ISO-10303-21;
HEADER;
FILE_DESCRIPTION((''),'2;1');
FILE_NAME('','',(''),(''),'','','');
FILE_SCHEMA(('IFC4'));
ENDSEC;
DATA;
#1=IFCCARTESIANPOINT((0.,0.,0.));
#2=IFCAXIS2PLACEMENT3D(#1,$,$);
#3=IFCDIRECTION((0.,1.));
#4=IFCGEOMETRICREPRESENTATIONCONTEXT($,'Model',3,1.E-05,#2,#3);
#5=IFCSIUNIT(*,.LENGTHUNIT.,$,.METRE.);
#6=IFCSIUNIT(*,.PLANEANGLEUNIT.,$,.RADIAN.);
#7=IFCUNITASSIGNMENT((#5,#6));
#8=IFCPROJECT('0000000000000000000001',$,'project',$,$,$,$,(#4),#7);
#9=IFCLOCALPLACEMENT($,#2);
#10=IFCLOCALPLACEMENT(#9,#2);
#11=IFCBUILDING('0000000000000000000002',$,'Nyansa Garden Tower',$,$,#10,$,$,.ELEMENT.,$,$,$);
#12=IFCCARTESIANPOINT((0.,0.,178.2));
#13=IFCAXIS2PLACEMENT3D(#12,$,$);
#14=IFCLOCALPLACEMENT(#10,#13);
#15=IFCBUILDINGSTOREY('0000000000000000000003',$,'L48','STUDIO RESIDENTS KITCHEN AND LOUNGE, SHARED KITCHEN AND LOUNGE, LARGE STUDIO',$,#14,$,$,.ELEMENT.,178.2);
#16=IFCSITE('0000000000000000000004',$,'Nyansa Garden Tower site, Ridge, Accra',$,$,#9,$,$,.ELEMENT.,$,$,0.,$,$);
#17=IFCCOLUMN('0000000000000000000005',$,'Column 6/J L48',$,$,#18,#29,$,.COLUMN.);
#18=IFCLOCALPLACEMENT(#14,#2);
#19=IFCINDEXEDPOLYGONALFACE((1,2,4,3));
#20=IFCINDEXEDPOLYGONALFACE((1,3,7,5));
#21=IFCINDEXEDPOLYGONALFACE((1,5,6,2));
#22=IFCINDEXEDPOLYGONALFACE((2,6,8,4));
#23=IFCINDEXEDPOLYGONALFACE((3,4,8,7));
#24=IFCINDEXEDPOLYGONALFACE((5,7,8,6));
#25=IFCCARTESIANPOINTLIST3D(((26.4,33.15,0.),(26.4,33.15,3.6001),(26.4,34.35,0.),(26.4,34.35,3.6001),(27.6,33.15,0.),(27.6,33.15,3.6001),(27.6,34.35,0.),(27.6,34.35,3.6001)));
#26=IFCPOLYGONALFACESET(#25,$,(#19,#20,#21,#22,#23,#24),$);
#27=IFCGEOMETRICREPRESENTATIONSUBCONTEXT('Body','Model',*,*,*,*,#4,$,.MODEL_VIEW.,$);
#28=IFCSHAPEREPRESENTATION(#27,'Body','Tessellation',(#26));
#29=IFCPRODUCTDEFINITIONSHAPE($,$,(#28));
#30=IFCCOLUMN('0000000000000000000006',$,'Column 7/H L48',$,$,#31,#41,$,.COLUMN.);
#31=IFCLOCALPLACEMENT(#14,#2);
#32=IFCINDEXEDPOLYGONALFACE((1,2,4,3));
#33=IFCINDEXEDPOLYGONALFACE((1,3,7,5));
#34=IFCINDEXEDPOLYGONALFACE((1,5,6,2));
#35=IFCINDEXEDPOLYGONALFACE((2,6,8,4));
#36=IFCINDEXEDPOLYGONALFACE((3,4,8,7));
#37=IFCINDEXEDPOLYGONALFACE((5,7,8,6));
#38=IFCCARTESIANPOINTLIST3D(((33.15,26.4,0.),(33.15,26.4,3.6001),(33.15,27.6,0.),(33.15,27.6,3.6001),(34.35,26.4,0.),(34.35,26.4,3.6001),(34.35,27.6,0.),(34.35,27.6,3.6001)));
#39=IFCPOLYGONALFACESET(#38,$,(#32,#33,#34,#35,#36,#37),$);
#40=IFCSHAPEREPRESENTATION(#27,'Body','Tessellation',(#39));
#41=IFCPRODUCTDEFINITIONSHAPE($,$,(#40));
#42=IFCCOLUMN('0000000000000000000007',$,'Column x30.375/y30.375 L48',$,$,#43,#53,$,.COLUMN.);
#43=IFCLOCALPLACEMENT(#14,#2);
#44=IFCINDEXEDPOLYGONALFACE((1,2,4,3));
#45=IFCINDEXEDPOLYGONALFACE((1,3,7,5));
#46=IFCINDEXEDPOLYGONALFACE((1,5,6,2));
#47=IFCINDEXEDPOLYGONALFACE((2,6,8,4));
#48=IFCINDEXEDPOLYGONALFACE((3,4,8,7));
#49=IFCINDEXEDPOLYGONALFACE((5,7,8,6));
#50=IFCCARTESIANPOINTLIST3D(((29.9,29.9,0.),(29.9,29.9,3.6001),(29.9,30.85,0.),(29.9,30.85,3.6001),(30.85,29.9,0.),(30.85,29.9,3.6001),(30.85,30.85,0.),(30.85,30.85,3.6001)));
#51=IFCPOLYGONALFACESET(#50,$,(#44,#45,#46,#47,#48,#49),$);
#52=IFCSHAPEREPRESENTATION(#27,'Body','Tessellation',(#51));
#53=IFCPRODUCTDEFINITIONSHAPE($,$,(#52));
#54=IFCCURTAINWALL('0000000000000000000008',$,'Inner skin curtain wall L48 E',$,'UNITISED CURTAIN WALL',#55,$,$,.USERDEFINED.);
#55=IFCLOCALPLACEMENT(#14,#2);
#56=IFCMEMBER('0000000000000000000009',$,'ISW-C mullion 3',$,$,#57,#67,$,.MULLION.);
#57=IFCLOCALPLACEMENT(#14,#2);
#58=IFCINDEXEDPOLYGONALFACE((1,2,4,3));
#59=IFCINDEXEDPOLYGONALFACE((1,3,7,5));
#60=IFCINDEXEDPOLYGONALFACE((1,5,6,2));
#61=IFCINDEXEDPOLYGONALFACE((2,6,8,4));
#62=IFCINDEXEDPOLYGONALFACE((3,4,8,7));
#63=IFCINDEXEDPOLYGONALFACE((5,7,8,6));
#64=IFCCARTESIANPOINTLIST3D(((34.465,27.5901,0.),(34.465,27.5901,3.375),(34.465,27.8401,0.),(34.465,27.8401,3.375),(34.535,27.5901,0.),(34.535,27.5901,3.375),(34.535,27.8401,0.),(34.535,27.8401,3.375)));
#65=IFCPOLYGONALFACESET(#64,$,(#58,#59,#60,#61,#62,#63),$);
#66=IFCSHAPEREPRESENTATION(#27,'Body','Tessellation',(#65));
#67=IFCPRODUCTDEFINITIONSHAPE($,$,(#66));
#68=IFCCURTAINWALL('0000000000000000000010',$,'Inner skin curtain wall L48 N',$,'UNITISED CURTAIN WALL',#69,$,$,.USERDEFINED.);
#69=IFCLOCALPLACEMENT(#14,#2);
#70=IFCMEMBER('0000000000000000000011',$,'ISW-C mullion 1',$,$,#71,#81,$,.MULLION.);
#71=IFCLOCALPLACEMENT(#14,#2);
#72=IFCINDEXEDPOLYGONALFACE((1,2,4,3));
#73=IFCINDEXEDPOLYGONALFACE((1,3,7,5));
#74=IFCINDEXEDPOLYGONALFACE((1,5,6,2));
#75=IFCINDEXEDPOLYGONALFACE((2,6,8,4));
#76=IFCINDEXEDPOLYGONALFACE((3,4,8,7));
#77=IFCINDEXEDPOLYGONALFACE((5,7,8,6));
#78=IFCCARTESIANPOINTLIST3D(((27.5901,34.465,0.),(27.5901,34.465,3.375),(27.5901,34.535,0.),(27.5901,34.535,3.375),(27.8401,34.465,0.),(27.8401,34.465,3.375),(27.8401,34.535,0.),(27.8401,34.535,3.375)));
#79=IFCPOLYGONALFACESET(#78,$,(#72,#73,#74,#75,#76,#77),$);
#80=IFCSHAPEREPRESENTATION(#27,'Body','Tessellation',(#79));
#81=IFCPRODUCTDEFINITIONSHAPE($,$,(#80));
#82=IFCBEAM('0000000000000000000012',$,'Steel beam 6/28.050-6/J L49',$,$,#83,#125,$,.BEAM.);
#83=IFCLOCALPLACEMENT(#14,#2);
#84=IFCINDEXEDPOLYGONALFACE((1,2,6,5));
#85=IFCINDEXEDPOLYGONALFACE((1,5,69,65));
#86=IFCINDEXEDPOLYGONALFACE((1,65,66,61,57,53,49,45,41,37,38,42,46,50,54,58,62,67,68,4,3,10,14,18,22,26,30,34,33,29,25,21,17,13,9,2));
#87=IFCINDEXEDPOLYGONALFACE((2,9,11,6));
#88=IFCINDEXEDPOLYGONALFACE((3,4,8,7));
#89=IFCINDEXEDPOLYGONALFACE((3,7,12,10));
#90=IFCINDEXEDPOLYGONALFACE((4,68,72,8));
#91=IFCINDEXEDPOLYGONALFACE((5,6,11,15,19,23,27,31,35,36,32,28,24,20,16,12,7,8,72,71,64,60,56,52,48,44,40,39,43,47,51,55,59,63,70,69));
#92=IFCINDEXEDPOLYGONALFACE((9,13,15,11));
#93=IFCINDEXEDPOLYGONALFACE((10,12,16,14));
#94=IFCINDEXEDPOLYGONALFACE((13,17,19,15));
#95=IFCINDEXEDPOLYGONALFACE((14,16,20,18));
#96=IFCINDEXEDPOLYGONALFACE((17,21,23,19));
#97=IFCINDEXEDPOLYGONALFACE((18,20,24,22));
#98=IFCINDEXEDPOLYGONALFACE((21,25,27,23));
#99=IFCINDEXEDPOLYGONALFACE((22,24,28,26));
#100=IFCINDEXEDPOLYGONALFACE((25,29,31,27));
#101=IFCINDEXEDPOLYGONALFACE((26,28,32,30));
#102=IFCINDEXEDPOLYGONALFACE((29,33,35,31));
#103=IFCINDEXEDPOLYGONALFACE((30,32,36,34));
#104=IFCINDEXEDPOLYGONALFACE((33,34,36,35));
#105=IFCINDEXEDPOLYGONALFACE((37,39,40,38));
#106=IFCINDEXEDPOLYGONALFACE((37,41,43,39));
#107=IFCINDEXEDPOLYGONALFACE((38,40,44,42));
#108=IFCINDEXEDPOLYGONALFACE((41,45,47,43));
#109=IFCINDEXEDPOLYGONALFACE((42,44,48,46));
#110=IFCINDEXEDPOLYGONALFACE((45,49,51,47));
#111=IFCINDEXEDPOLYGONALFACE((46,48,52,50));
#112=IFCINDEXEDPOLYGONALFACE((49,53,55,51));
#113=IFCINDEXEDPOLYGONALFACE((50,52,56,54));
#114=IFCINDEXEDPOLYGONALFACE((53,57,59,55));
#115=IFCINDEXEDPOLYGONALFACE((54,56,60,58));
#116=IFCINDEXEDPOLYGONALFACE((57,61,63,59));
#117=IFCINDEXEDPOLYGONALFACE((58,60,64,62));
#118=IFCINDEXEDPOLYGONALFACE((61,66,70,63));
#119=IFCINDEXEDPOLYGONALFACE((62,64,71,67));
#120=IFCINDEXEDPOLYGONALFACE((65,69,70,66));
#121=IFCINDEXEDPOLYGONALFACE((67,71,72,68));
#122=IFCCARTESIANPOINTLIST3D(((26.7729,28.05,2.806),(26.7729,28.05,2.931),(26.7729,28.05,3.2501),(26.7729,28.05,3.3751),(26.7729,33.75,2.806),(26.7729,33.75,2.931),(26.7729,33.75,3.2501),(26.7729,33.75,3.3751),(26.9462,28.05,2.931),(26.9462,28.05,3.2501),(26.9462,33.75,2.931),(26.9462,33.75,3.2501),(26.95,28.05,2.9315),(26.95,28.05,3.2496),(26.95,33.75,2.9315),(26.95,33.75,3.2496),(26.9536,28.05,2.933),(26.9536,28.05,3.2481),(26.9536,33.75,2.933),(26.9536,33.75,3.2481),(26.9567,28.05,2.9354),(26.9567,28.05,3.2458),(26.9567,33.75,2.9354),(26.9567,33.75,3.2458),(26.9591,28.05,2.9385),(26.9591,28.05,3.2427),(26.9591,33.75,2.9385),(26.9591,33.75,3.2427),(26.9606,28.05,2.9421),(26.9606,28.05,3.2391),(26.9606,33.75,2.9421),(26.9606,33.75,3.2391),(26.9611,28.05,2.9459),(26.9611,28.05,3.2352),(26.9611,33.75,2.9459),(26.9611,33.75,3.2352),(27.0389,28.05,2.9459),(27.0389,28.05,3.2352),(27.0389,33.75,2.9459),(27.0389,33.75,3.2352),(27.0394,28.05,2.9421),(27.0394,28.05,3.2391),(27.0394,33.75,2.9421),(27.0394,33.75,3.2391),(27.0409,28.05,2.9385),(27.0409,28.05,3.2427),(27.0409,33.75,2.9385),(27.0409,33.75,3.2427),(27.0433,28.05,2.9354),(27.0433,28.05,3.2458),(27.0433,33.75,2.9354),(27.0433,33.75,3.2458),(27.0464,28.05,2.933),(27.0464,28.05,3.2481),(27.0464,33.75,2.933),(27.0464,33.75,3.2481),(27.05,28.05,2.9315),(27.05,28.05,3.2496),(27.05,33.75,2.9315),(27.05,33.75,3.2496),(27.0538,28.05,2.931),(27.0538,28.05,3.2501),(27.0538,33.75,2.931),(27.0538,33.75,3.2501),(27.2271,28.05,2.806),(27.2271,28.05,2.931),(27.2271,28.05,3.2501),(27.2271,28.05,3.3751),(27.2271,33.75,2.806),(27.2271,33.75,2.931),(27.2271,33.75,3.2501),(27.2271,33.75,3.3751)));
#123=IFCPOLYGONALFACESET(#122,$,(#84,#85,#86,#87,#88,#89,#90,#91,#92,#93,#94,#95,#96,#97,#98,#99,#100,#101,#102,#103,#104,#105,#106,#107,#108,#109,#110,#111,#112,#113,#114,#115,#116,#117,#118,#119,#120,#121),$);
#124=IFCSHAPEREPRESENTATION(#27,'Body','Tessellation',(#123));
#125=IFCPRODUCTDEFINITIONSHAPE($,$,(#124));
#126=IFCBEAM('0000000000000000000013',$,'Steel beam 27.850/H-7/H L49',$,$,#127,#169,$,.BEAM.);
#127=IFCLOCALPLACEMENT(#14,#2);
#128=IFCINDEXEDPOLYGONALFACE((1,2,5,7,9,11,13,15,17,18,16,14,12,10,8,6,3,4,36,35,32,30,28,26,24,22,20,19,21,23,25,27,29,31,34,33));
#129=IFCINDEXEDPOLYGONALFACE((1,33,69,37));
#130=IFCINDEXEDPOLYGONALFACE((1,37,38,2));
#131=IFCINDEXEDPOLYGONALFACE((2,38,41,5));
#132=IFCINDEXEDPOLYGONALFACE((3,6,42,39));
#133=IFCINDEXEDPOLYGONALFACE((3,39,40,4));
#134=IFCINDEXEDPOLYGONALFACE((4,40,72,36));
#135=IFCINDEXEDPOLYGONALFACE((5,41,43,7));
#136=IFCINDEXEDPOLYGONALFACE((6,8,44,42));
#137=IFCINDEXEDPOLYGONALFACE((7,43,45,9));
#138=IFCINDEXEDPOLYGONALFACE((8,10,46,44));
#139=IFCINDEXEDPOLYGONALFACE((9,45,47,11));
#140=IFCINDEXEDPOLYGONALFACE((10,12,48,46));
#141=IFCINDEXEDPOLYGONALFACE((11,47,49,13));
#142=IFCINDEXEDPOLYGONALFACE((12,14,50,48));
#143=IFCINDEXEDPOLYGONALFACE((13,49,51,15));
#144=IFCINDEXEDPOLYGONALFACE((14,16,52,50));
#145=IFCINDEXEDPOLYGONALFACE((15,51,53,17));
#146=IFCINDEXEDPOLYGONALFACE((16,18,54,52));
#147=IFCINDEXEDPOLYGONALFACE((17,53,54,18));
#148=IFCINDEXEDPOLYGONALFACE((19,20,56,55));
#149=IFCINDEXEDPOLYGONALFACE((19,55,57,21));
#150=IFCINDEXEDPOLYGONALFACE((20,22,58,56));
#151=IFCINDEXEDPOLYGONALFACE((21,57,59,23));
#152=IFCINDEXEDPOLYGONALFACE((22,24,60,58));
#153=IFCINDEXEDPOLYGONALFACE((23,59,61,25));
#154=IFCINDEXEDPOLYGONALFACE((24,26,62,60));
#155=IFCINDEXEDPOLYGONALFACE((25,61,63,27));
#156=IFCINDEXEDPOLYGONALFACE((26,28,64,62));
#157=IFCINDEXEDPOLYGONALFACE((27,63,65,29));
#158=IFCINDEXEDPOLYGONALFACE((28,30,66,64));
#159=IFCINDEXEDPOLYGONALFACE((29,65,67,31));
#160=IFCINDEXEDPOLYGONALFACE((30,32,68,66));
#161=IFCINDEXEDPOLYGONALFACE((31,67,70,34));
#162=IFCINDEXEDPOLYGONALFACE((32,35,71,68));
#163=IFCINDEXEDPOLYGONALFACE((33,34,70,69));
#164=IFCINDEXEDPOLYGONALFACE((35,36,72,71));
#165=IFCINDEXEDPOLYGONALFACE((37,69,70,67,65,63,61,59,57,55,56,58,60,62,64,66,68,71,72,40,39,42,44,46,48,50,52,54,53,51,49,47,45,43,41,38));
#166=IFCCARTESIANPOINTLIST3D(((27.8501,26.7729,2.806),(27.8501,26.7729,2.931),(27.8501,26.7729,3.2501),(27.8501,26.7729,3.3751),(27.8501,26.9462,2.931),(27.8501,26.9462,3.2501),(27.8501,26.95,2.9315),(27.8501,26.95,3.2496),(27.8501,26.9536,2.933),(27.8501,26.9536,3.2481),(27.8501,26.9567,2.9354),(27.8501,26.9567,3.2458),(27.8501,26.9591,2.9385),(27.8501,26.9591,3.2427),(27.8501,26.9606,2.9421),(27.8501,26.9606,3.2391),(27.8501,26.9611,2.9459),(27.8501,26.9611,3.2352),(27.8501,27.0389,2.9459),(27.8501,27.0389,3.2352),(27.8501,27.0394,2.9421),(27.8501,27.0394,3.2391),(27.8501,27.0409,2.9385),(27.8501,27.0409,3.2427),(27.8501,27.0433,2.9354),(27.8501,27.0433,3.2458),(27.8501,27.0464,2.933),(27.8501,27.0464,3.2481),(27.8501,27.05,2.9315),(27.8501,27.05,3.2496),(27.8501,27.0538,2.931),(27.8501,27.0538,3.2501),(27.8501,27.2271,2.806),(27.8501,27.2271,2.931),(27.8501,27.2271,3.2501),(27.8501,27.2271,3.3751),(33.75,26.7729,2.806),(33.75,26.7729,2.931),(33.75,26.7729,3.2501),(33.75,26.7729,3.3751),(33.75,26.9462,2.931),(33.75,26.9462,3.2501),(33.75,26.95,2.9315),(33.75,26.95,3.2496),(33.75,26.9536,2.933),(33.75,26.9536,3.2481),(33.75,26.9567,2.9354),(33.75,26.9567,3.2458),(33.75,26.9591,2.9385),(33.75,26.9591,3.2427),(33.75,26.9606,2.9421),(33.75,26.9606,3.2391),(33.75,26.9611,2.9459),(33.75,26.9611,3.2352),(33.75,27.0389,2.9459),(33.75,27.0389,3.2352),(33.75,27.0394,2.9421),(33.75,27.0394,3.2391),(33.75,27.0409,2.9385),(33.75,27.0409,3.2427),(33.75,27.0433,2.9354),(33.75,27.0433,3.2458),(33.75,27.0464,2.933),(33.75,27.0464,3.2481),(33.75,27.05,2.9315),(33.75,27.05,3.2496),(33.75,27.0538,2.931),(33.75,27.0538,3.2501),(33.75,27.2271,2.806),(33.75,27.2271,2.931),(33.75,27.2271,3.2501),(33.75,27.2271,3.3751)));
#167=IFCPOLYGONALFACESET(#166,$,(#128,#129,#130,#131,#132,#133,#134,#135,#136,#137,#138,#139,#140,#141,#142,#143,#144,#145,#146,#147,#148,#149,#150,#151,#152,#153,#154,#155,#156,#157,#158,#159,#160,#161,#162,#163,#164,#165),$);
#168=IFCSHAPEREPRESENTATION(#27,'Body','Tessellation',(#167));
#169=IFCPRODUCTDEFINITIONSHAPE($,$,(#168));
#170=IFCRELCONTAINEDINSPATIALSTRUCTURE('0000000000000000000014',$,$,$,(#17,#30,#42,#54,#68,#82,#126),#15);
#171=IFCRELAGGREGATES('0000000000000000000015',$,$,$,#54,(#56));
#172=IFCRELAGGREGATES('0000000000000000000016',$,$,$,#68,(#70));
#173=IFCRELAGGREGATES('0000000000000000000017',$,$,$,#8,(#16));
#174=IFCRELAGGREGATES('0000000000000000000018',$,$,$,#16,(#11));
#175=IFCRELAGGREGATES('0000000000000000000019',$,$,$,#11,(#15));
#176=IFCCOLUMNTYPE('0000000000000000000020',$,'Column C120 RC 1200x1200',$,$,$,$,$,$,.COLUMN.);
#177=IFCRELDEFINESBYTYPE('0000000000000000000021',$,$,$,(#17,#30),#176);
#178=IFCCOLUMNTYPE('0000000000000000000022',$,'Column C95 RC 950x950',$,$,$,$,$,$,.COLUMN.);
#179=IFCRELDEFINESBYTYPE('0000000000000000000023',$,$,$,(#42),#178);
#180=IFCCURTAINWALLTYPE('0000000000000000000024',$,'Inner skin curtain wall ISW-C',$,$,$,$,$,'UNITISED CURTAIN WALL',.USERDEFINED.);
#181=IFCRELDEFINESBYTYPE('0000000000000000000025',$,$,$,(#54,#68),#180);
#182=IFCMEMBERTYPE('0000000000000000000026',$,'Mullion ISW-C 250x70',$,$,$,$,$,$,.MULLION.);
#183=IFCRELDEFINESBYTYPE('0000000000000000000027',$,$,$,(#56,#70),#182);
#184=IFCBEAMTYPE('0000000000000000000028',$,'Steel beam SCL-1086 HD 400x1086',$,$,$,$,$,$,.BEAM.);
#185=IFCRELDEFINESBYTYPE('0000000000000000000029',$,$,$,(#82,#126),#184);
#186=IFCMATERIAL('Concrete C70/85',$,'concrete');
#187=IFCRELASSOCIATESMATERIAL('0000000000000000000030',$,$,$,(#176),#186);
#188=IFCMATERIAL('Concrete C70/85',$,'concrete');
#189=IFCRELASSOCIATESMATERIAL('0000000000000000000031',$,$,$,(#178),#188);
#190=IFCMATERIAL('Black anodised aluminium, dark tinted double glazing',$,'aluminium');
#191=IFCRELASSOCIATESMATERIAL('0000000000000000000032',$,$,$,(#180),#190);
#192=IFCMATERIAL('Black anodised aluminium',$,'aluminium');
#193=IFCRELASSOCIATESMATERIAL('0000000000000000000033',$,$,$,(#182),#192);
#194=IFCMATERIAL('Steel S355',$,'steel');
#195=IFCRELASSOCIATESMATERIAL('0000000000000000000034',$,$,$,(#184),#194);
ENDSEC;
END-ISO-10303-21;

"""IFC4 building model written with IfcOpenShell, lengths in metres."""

from ifc_helpers import new_model, si_unit, direction, frame, origin, origin_2d, place, context, subcontext, project, spatial, rectangle, i_section, extrude, material, material_profile, profile_set, type_object, element, aggregate, save


model = new_model("IFC4")

# Units and contexts
model_context = context("Model", 3, precision=1e-05, world=origin(), true_north=direction((0.0, 1.0)))
body_context = subcontext(model_context, "Body", "Model", "MODEL_VIEW")
ifc_project = project(units=[si_unit("LENGTHUNIT", "METRE"), si_unit("PLANEANGLEUNIT", "RADIAN")], contexts=[model_context])

# Site, building, storey
site_placement = place(None, origin())
site = spatial("IfcSite", under=ifc_project, at=site_placement, Name="Nyansa Garden Tower site, Ridge, Accra", CompositionType="ELEMENT", RefElevation=0.0)
building_placement = place(site_placement, origin())
building = spatial("IfcBuilding", under=site, at=building_placement, Name="Nyansa Garden Tower", CompositionType="ELEMENT")
storey_placement = place(building_placement, frame((0.0, 0.0, 178.2)))
storey = spatial("IfcBuildingStorey", under=building, at=storey_placement, Name="L48", Description="STUDIO RESIDENTS KITCHEN AND LOUNGE, SHARED KITCHEN AND LOUNGE, LARGE STUDIO", CompositionType="ELEMENT", Elevation=178.2)

# Columns
ifc_material_1 = material(Name="Concrete C70/85", Category="concrete")
ifc_material_profile_1 = material_profile(ifc_material_1, rectangle(XDim=1.2, YDim=1.2, at=origin_2d()), Name="RC 1200x1200")
ifc_profile_set_1 = profile_set([ifc_material_profile_1], Name="Concrete C70/85")
column_type_1 = type_object("IfcColumnType", Name="Column C120 RC 1200x1200", PredefinedType="COLUMN", material=ifc_profile_set_1)
for number, where, z_axis, x_axis, name in (
    (1, (27.0, 33.75, 0.0), (0.0, 0.0, 1.0), (1.0, 0.0, 0.0), "Column 6/J L48"),
    (2, (33.75, 27.0, 0.0), (0.0, 0.0, 1.0), (1.0, 0.0, 0.0), "Column 7/H L48"),
):
    element("IfcColumn", number, at=place(storey_placement, frame(where, z_axis=z_axis, x_axis=x_axis)), inside=storey, type_object=column_type_1, Name=name, PredefinedType="COLUMN", context=body_context, shape_type="SweptSolid", body=[
        extrude(rectangle(XDim=1.2, YDim=1.2, at=origin_2d()), origin(), (0.0, 0.0, 1.0), 3.6001),
    ])
ifc_material_2 = material(Name="Concrete C70/85", Category="concrete")
ifc_material_profile_2 = material_profile(ifc_material_2, rectangle(XDim=0.95, YDim=0.95, at=origin_2d()), Name="RC 950x950")
ifc_profile_set_2 = profile_set([ifc_material_profile_2], Name="Concrete C70/85")
column_type_2 = type_object("IfcColumnType", Name="Column C95 RC 950x950", PredefinedType="COLUMN", material=ifc_profile_set_2)
column_placement = place(storey_placement, frame((30.375, 30.375, 0.0), z_axis=(0.0, 0.0, 1.0), x_axis=(1.0, 0.0, 0.0)))
element("IfcColumn", 3, at=column_placement, inside=storey, type_object=column_type_2, Name="Column x30.375/y30.375 L48", PredefinedType="COLUMN", context=body_context, shape_type="SweptSolid", body=[
    extrude(rectangle(XDim=0.95, YDim=0.95, at=origin_2d()), origin(), (0.0, 0.0, 1.0), 3.6001),
])

# Curtain walls, members
ifc_material_3 = material(Name="Black anodised aluminium, dark tinted double glazing", Category="aluminium")
curtain_wall_type = type_object("IfcCurtainWallType", Name="Inner skin curtain wall ISW-C", ElementType="UNITISED CURTAIN WALL", PredefinedType="USERDEFINED", material=ifc_material_3)
curtain_wall_1_placement = place(storey_placement, origin())
curtain_wall_1 = element("IfcCurtainWall", 4, at=curtain_wall_1_placement, inside=storey, type_object=curtain_wall_type, Name="Inner skin curtain wall L48 E", ObjectType="UNITISED CURTAIN WALL", PredefinedType="USERDEFINED")
ifc_material_4 = material(Name="Black anodised aluminium", Category="aluminium")
ifc_material_profile_3 = material_profile(ifc_material_4, rectangle(XDim=0.0701, YDim=0.25, at=origin_2d()), Name="Mullion 250x70")
ifc_profile_set_3 = profile_set([ifc_material_profile_3], Name="Black anodised aluminium")
member_type_1 = type_object("IfcMemberType", Name="Mullion ISW-C 250x70", PredefinedType="MULLION", material=ifc_profile_set_3)
member_1_placement = place(storey_placement, frame((34.5, 27.7151, 0.0), z_axis=(0.0, 0.0, 1.0), x_axis=(-1.0, 0.0, 0.0)))
member_1 = element("IfcMember", 5, at=member_1_placement, type_object=member_type_1, Name="ISW-C mullion 3", PredefinedType="MULLION", context=body_context, shape_type="SweptSolid", body=[
    extrude(rectangle(XDim=0.0701, YDim=0.25, at=origin_2d()), origin(), (0.0, 0.0, 1.0), 3.375),
])
aggregate(curtain_wall_1, [member_1])
curtain_wall_2_placement = place(storey_placement, origin())
curtain_wall_2 = element("IfcCurtainWall", 6, at=curtain_wall_2_placement, inside=storey, type_object=curtain_wall_type, Name="Inner skin curtain wall L48 N", ObjectType="UNITISED CURTAIN WALL", PredefinedType="USERDEFINED")
member_2_placement = place(storey_placement, frame((27.7151, 34.5, 0.0), z_axis=(0.0, 0.0, 1.0), x_axis=(0.0, -1.0, 0.0)))
member_2 = element("IfcMember", 7, at=member_2_placement, type_object=member_type_1, Name="ISW-C mullion 1", PredefinedType="MULLION", context=body_context, shape_type="SweptSolid", body=[
    extrude(rectangle(XDim=0.0701, YDim=0.25, at=origin_2d()), origin(), (0.0, 0.0, 1.0), 3.375),
])

# Beams
ifc_material_5 = material(Name="Steel S355", Category="steel")
ifc_material_profile_4 = material_profile(ifc_material_5, i_section(OverallWidth=0.4541, OverallDepth=0.5691, WebThickness=0.0779, FlangeThickness=0.125, FilletRadius=0.0149, at=origin_2d()), Name="HD 400x1086")
ifc_profile_set_4 = profile_set([ifc_material_profile_4], Name="Steel S355")
beam_type_1 = type_object("IfcBeamType", Name="Steel beam SCL-1086 HD 400x1086", PredefinedType="BEAM", material=ifc_profile_set_4)
beam_1_placement = place(storey_placement, frame((27.0, 28.05, 3.0906), z_axis=(0.0, 1.0, 0.0), x_axis=(-1.0, 0.0, 0.0)))
element("IfcBeam", 8, at=beam_1_placement, inside=storey, type_object=beam_type_1, Name="Steel beam 6/28.050-6/J L49", PredefinedType="BEAM", context=body_context, shape_type="SweptSolid", body=[
    extrude(i_section(OverallWidth=0.4541, OverallDepth=0.5691, WebThickness=0.0779, FlangeThickness=0.125, FilletRadius=0.0149, at=origin_2d()), origin(), (0.0, 0.0, 1.0), 5.7),
])
beam_2_placement = place(storey_placement, frame((27.8501, 27.0, 3.0906), z_axis=(1.0, 0.0, 0.0), x_axis=(0.0, 1.0, 0.0)))
element("IfcBeam", 9, at=beam_2_placement, inside=storey, type_object=beam_type_1, Name="Steel beam 27.850/H-7/H L49", PredefinedType="BEAM", context=body_context, shape_type="SweptSolid", body=[
    extrude(i_section(OverallWidth=0.4541, OverallDepth=0.5691, WebThickness=0.0779, FlangeThickness=0.125, FilletRadius=0.0149, at=origin_2d()), origin(), (0.0, 0.0, 1.0), 5.8999),
])

aggregate(curtain_wall_2, [member_2])

save(model, "model.ifc")
